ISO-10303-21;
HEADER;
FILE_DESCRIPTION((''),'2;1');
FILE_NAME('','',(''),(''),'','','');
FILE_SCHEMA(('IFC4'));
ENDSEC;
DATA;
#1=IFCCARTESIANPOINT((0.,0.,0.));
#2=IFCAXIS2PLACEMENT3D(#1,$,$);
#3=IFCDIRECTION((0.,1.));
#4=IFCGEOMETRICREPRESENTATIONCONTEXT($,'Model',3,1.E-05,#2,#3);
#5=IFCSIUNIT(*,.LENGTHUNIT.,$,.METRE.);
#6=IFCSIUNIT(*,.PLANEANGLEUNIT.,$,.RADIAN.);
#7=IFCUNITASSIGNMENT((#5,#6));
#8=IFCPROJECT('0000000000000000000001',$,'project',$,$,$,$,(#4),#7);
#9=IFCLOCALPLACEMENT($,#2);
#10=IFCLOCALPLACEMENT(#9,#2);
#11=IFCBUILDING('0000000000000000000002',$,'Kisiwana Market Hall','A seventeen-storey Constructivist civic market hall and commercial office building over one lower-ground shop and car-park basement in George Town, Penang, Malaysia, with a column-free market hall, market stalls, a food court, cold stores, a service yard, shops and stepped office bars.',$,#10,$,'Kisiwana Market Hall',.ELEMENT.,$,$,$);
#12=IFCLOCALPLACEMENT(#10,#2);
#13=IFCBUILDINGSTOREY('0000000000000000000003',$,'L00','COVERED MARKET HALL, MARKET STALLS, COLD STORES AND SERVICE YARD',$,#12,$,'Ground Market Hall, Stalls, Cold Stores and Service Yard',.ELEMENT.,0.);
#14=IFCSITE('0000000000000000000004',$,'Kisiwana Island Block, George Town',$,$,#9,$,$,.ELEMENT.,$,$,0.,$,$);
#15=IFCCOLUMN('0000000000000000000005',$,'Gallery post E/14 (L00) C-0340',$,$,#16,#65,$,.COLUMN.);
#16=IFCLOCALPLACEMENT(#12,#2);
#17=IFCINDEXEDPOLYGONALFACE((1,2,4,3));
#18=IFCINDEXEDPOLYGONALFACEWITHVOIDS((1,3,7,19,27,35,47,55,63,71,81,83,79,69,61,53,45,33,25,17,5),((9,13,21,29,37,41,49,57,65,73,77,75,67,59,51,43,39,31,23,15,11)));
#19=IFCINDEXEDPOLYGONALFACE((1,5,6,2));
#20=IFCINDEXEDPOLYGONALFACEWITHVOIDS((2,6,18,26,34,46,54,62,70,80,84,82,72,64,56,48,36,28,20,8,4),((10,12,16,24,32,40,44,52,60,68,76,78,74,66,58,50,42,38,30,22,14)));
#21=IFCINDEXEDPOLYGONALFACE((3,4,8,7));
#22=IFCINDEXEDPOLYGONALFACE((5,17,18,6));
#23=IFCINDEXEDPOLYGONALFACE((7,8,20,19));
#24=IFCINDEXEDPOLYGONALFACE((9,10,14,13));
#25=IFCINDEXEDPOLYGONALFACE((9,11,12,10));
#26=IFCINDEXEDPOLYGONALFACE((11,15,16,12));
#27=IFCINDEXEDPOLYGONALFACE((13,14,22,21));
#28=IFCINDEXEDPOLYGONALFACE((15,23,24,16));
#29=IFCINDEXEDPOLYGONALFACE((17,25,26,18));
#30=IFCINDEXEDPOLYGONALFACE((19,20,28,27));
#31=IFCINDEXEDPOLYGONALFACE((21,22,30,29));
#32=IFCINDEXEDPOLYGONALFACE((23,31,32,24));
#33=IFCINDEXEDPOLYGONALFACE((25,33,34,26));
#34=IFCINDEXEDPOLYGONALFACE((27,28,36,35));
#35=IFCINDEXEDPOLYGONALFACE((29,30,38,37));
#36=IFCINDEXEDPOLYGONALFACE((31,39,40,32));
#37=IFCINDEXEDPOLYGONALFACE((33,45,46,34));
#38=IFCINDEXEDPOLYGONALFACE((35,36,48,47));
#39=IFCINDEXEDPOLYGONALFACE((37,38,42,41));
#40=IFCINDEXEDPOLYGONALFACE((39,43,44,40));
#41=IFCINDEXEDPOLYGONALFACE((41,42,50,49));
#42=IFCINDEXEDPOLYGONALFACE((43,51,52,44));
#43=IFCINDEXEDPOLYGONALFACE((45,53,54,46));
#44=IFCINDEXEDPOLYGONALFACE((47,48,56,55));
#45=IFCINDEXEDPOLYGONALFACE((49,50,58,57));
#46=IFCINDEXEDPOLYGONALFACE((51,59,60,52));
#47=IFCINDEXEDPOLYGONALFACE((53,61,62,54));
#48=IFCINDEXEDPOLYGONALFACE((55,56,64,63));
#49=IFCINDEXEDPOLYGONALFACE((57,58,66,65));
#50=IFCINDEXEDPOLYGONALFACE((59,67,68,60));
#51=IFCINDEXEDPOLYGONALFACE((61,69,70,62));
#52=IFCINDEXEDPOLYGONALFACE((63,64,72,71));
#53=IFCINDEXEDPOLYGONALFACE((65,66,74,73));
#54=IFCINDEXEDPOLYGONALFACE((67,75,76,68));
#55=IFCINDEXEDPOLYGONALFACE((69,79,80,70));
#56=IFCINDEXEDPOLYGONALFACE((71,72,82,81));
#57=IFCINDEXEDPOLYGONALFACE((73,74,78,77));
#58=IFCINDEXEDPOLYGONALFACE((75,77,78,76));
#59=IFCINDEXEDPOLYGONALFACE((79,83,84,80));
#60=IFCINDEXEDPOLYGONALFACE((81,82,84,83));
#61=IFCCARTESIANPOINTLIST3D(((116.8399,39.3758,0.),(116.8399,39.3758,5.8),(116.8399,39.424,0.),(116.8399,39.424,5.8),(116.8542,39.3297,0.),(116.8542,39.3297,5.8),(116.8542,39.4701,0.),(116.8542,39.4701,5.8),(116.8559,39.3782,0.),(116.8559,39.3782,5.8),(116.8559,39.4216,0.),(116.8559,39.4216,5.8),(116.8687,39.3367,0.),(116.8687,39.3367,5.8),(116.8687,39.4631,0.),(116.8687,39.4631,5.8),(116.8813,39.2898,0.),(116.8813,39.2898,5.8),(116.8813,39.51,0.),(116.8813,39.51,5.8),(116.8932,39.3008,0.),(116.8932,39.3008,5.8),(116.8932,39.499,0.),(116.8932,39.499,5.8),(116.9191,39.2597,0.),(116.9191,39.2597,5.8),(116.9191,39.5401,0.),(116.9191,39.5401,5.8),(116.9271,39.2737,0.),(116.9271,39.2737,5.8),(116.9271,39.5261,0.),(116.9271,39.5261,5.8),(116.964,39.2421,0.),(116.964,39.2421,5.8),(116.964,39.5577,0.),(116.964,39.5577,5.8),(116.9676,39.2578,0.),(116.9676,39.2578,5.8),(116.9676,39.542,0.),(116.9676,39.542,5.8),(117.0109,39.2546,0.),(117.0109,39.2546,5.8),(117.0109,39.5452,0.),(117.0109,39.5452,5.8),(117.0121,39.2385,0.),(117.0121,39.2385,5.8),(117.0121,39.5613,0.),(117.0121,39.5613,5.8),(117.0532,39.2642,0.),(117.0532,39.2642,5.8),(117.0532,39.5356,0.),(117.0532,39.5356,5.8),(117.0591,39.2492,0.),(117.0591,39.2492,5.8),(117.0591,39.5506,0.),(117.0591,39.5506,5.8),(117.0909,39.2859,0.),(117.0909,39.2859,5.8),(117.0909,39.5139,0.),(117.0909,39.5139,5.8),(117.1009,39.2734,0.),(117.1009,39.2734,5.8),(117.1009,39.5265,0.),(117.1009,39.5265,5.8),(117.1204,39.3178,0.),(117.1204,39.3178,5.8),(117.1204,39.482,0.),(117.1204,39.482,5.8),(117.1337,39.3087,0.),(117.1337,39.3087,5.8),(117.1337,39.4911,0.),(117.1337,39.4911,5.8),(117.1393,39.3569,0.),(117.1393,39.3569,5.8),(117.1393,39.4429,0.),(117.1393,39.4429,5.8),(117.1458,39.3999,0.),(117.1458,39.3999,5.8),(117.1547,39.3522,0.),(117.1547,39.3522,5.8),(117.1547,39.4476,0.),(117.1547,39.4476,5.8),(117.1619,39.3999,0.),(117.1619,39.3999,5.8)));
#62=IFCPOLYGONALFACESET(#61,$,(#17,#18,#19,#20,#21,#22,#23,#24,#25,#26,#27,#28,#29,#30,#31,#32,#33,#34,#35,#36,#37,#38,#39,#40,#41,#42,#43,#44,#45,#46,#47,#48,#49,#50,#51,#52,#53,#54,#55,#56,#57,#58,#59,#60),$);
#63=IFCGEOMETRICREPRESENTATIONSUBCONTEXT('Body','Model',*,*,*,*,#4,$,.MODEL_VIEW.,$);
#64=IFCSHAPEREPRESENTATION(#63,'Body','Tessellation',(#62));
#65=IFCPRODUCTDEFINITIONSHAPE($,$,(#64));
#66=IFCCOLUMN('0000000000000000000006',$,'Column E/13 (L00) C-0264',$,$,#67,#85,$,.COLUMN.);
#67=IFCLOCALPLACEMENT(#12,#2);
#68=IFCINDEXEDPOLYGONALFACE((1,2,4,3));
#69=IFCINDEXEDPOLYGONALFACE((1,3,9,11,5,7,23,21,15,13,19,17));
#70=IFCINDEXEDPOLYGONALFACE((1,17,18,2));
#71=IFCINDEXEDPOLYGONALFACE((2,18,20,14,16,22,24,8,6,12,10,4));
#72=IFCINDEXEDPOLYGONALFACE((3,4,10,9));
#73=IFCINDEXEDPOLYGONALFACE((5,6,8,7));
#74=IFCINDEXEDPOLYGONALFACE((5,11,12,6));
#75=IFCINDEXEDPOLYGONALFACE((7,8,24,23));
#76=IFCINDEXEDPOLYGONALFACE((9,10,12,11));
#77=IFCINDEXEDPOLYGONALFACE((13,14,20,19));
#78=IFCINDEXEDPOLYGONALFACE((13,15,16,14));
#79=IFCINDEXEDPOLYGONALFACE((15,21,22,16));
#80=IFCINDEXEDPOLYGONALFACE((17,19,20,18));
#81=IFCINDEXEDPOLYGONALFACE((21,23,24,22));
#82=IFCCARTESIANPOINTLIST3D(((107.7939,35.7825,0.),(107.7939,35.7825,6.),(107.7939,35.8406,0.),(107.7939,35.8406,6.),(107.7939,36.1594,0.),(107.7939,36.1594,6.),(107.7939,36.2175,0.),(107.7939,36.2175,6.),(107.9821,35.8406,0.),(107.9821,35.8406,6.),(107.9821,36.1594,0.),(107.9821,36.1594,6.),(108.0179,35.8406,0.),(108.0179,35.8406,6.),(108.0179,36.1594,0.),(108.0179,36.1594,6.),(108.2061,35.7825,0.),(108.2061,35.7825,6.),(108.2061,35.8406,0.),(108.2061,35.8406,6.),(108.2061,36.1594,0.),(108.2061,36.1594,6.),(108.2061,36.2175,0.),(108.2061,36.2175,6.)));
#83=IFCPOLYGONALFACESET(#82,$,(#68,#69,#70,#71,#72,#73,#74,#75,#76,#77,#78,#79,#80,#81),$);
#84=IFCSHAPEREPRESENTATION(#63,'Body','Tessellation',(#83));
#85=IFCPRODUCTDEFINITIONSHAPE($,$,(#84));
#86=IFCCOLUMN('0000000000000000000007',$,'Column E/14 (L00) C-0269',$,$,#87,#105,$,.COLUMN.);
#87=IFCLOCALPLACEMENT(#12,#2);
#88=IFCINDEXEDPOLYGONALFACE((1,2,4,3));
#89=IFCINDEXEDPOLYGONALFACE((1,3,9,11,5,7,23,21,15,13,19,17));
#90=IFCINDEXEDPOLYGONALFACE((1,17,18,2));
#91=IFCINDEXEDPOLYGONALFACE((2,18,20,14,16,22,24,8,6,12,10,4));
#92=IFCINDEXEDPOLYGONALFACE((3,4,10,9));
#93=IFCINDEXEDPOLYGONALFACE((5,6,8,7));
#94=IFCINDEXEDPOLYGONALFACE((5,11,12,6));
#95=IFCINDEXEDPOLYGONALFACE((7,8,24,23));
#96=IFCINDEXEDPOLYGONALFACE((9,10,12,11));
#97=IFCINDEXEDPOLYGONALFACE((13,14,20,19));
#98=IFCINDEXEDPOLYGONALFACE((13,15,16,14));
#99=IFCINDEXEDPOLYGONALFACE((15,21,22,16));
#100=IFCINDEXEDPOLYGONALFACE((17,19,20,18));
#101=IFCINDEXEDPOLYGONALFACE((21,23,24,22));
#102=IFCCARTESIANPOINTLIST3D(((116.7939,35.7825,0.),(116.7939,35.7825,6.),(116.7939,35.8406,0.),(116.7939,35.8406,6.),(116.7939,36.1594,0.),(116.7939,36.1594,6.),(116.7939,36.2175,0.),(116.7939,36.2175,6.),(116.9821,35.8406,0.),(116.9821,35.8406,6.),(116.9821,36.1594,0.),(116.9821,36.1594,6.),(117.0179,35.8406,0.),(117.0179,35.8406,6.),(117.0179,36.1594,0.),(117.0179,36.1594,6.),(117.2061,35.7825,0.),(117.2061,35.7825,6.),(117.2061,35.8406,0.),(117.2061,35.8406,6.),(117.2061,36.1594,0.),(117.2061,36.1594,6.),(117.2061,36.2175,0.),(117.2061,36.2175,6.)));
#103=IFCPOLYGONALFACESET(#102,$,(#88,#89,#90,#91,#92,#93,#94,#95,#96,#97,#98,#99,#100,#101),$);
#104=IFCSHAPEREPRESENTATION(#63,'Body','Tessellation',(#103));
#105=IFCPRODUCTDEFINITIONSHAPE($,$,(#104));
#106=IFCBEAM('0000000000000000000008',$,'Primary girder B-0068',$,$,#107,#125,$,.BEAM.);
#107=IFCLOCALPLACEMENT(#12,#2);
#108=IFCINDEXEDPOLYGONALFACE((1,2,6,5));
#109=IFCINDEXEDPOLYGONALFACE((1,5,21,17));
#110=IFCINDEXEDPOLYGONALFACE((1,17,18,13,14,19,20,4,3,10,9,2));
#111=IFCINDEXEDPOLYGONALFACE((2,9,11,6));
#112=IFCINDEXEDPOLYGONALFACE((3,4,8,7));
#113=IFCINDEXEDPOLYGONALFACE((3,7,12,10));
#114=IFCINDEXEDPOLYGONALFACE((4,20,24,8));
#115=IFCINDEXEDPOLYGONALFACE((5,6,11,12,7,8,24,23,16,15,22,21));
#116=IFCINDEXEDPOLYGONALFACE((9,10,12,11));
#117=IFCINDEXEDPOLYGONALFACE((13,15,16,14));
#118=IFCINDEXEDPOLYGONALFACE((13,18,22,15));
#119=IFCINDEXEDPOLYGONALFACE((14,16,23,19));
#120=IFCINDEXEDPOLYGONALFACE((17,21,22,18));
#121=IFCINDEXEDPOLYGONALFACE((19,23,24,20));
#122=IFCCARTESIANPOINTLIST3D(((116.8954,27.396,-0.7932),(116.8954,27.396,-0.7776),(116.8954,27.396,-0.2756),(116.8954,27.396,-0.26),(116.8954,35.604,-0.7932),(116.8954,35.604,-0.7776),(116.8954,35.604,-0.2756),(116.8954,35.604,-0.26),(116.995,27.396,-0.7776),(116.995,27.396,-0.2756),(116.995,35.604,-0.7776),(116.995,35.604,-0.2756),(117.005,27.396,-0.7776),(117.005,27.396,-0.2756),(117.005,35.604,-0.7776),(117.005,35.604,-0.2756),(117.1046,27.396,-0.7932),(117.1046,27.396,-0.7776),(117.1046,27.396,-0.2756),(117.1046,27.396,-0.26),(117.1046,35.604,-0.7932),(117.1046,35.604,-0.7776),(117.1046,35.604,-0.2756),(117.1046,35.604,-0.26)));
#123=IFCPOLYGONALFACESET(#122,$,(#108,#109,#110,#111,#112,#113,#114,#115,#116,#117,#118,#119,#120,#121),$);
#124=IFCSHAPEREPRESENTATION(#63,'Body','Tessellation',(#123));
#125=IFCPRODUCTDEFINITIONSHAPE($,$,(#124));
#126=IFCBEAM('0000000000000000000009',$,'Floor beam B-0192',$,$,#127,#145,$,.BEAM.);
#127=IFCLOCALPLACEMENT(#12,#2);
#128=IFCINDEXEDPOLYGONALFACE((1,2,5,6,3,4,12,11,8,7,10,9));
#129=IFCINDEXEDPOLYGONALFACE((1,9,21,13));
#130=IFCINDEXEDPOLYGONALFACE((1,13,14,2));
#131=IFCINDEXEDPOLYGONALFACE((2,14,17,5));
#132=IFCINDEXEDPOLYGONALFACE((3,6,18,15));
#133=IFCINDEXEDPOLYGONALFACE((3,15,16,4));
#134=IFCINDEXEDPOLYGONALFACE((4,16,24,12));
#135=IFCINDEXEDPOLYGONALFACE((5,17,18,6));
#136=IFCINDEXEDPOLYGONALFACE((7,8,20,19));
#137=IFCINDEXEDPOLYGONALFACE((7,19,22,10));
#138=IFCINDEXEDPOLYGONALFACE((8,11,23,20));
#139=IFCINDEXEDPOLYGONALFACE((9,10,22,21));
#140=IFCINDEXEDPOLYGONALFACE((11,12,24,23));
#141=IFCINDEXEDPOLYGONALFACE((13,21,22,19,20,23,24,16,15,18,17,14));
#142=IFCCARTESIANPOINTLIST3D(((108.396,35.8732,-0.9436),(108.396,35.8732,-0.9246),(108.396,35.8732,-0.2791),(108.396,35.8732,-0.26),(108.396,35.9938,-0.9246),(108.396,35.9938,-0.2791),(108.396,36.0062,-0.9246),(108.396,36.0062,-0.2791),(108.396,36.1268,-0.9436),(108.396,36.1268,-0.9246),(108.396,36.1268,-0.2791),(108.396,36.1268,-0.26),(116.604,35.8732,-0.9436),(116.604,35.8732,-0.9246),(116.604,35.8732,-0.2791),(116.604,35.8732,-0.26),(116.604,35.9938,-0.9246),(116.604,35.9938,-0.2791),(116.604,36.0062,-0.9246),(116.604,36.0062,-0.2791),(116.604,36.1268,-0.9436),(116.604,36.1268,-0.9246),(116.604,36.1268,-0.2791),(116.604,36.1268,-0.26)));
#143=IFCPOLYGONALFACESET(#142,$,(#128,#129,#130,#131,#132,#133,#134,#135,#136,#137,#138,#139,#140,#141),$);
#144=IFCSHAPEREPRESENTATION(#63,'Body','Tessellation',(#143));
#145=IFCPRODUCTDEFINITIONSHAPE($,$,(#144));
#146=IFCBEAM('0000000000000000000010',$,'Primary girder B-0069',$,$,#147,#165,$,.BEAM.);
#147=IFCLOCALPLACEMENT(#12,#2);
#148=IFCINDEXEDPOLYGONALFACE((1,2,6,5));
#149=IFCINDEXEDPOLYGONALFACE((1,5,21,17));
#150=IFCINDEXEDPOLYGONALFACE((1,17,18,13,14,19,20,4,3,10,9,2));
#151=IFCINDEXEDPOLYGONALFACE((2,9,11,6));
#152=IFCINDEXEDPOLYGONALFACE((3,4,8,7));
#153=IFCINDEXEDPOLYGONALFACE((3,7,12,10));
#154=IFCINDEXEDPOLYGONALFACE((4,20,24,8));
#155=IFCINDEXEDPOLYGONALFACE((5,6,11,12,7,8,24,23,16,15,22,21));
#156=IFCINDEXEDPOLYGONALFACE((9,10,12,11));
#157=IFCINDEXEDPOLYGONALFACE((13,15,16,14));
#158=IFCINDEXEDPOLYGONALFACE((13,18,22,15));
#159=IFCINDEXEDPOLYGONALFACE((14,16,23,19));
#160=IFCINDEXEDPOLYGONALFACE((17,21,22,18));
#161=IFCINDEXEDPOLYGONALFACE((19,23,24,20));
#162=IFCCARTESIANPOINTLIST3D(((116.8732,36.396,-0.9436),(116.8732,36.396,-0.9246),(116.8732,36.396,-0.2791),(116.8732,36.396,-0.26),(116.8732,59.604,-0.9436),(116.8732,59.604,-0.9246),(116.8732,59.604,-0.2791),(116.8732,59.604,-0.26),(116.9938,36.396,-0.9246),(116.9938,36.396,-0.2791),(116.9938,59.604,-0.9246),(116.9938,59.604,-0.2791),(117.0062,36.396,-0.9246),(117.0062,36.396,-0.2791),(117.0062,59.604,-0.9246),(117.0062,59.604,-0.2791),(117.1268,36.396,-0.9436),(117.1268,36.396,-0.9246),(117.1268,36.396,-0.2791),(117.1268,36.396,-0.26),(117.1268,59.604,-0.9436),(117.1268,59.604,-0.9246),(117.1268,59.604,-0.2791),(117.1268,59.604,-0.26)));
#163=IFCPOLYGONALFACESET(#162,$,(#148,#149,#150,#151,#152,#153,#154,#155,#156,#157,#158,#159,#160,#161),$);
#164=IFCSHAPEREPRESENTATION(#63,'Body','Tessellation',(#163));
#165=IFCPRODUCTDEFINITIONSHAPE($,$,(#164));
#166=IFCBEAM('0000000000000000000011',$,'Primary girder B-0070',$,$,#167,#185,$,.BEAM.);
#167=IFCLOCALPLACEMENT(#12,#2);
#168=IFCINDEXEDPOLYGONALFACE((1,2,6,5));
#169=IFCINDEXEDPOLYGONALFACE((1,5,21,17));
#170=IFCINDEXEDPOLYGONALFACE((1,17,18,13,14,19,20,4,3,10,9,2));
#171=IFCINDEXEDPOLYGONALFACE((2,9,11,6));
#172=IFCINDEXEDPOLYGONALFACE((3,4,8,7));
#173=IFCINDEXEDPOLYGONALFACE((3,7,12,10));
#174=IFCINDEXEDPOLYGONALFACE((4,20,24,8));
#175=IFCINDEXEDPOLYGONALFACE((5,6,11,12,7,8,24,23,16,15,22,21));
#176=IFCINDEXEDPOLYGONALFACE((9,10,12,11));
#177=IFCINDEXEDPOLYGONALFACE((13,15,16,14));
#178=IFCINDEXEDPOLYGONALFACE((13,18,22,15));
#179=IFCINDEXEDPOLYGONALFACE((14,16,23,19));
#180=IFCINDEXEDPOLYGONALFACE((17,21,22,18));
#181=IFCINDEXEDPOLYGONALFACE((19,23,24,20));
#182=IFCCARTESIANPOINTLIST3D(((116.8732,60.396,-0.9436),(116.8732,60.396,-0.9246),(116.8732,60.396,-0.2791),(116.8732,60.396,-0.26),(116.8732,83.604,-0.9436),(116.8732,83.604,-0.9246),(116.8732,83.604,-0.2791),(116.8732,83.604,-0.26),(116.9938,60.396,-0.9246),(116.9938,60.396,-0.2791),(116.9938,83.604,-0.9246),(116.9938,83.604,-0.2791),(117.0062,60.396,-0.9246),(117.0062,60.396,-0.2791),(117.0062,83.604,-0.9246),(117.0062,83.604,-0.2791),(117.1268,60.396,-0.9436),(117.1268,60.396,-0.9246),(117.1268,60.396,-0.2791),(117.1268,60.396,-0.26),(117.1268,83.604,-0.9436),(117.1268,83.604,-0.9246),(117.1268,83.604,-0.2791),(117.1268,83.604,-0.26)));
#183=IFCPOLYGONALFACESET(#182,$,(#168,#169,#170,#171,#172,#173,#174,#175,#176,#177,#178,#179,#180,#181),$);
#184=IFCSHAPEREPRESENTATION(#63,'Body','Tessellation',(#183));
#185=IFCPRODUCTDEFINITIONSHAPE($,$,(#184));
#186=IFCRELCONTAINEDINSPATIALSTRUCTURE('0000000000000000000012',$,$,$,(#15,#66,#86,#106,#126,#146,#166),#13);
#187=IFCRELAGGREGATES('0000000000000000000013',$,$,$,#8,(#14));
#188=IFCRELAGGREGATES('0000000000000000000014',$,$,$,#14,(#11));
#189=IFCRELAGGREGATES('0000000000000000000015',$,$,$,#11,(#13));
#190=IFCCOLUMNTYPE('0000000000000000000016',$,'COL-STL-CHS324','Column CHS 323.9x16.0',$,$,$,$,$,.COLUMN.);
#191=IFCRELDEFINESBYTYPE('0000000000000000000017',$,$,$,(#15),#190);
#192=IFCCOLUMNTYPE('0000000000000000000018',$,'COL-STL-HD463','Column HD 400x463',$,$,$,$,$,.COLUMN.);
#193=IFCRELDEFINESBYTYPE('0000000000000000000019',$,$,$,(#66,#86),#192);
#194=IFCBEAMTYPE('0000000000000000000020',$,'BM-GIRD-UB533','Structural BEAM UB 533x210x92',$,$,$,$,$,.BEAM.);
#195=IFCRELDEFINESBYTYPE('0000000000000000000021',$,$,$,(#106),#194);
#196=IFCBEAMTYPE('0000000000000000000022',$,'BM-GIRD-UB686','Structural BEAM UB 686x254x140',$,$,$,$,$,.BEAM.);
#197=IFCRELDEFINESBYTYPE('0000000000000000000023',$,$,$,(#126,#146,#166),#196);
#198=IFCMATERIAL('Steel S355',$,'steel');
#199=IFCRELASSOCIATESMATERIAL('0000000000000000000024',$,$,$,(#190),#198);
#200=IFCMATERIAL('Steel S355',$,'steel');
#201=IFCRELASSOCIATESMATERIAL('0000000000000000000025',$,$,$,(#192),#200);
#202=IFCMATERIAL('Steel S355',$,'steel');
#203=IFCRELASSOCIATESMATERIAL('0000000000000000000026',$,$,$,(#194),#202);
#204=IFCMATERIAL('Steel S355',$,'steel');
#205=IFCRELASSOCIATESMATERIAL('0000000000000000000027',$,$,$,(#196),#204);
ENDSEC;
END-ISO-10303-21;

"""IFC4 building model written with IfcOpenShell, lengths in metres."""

from ifc_helpers import new_model, si_unit, direction, frame, origin, origin_2d, place, context, subcontext, project, spatial, hollow_circle, i_section, extrude, material, material_profile, profile_set, type_object, element, save


model = new_model("IFC4")

# Units and contexts
model_context = context("Model", 3, precision=1e-05, world=origin(), true_north=direction((0.0, 1.0)))
body_context = subcontext(model_context, "Body", "Model", "MODEL_VIEW")
ifc_project = project(units=[si_unit("LENGTHUNIT", "METRE"), si_unit("PLANEANGLEUNIT", "RADIAN")], contexts=[model_context])

# Site, building, storey
site_placement = place(None, origin())
site = spatial("IfcSite", under=ifc_project, at=site_placement, Name="Kisiwana Island Block, George Town", CompositionType="ELEMENT", RefElevation=0.0)
building_placement = place(site_placement, origin())
building = spatial("IfcBuilding", under=site, at=building_placement, Name="Kisiwana Market Hall", Description="A seventeen-storey Constructivist civic market hall and commercial office building over one lower-ground shop and car-park basement in George Town, Penang, Malaysia, with a column-free market hall, market stalls, a food court, cold stores, a service yard, shops and stepped office bars.", LongName="Kisiwana Market Hall", CompositionType="ELEMENT")
storey_placement = place(building_placement, origin())
storey = spatial("IfcBuildingStorey", under=building, at=storey_placement, Name="L00", Description="COVERED MARKET HALL, MARKET STALLS, COLD STORES AND SERVICE YARD", LongName="Ground Market Hall, Stalls, Cold Stores and Service Yard", CompositionType="ELEMENT", Elevation=0.0)

# Columns
ifc_material_1 = material(Name="Steel S355", Category="steel")
ifc_material_profile_1 = material_profile(ifc_material_1, hollow_circle(Radius=0.1619, WallThickness=0.0161, at=origin_2d()), Name="CHS 323.9x16.0")
ifc_profile_set_1 = profile_set([ifc_material_profile_1], Name="Steel S355")
column_type_1 = type_object("IfcColumnType", Name="COL-STL-CHS324", Description="Column CHS 323.9x16.0", PredefinedType="COLUMN", material=ifc_profile_set_1)
column_placement = place(storey_placement, frame((117.0, 39.3999, 0.0), z_axis=(0.0, 0.0, 1.0), x_axis=(1.0, 0.0, 0.0)))
element("IfcColumn", 1, at=column_placement, inside=storey, type_object=column_type_1, Name="Gallery post E/14 (L00) C-0340", PredefinedType="COLUMN", context=body_context, shape_type="SweptSolid", body=[
    extrude(hollow_circle(Radius=0.1619, WallThickness=0.0161, at=origin_2d()), origin(), (0.0, 0.0, 1.0), 5.8),
])
ifc_material_2 = material(Name="Steel S355", Category="steel")
ifc_material_profile_2 = material_profile(ifc_material_2, i_section(OverallWidth=0.4121, OverallDepth=0.4351, WebThickness=0.0359, FlangeThickness=0.0581, at=origin_2d()), Name="HD 400x463")
ifc_profile_set_2 = profile_set([ifc_material_profile_2], Name="Steel S355")
column_type_2 = type_object("IfcColumnType", Name="COL-STL-HD463", Description="Column HD 400x463", PredefinedType="COLUMN", material=ifc_profile_set_2)
for number, where, z_axis, x_axis, name in (
    (2, (108.0, 36.0, 0.0), (0.0, 0.0, 1.0), (1.0, 0.0, 0.0), "Column E/13 (L00) C-0264"),
    (3, (117.0, 36.0, 0.0), (0.0, 0.0, 1.0), (1.0, 0.0, 0.0), "Column E/14 (L00) C-0269"),
):
    element("IfcColumn", number, at=place(storey_placement, frame(where, z_axis=z_axis, x_axis=x_axis)), inside=storey, type_object=column_type_2, Name=name, PredefinedType="COLUMN", context=body_context, shape_type="SweptSolid", body=[
        extrude(i_section(OverallWidth=0.4121, OverallDepth=0.4351, WebThickness=0.0359, FlangeThickness=0.0581, at=origin_2d()), origin(), (0.0, 0.0, 1.0), 6.0),
    ])

# Beams
ifc_material_3 = material(Name="Steel S355", Category="steel")
ifc_material_profile_3 = material_profile(ifc_material_3, i_section(OverallWidth=0.2092, OverallDepth=0.5332, WebThickness=0.01, FlangeThickness=0.0156, at=origin_2d()), Name="UB 533x210x92")
ifc_profile_set_3 = profile_set([ifc_material_profile_3], Name="Steel S355")
beam_type_1 = type_object("IfcBeamType", Name="BM-GIRD-UB533", Description="Structural BEAM UB 533x210x92", PredefinedType="BEAM", material=ifc_profile_set_3)
beam_1_placement = place(storey_placement, frame((117.0, 27.396, -0.5266), z_axis=(0.0, 1.0, 0.0), x_axis=(-1.0, 0.0, 0.0)))
element("IfcBeam", 4, at=beam_1_placement, inside=storey, type_object=beam_type_1, Name="Primary girder B-0068", PredefinedType="BEAM", context=body_context, shape_type="SweptSolid", body=[
    extrude(i_section(OverallWidth=0.2092, OverallDepth=0.5332, WebThickness=0.01, FlangeThickness=0.0156, at=origin_2d()), origin(), (0.0, 0.0, 1.0), 8.208),
])
ifc_material_4 = material(Name="Steel S355", Category="steel")
ifc_material_profile_4 = material_profile(ifc_material_4, i_section(OverallWidth=0.2537, OverallDepth=0.6836, WebThickness=0.0125, FlangeThickness=0.019, at=origin_2d()), Name="UB 686x254x140")
ifc_profile_set_4 = profile_set([ifc_material_profile_4], Name="Steel S355")
beam_type_2 = type_object("IfcBeamType", Name="BM-GIRD-UB686", Description="Structural BEAM UB 686x254x140", PredefinedType="BEAM", material=ifc_profile_set_4)
beam_2_placement = place(storey_placement, frame((108.396, 36.0, -0.6018), z_axis=(1.0, 0.0, 0.0), x_axis=(0.0, 1.0, 0.0)))
element("IfcBeam", 5, at=beam_2_placement, inside=storey, type_object=beam_type_2, Name="Floor beam B-0192", PredefinedType="BEAM", context=body_context, shape_type="SweptSolid", body=[
    extrude(i_section(OverallWidth=0.2537, OverallDepth=0.6836, WebThickness=0.0125, FlangeThickness=0.019, at=origin_2d()), origin(), (0.0, 0.0, 1.0), 8.208),
])
for number, where, z_axis, x_axis, name in (
    (6, (117.0, 36.396, -0.6018), (0.0, 1.0, 0.0), (-1.0, 0.0, 0.0), "Primary girder B-0069"),
    (7, (117.0, 60.396, -0.6018), (0.0, 1.0, 0.0), (-1.0, 0.0, 0.0), "Primary girder B-0070"),
):
    element("IfcBeam", number, at=place(storey_placement, frame(where, z_axis=z_axis, x_axis=x_axis)), inside=storey, type_object=beam_type_2, Name=name, PredefinedType="BEAM", context=body_context, shape_type="SweptSolid", body=[
        extrude(i_section(OverallWidth=0.2537, OverallDepth=0.6836, WebThickness=0.0125, FlangeThickness=0.019, at=origin_2d()), origin(), (0.0, 0.0, 1.0), 23.208),
    ])

save(model, "model.ifc")
